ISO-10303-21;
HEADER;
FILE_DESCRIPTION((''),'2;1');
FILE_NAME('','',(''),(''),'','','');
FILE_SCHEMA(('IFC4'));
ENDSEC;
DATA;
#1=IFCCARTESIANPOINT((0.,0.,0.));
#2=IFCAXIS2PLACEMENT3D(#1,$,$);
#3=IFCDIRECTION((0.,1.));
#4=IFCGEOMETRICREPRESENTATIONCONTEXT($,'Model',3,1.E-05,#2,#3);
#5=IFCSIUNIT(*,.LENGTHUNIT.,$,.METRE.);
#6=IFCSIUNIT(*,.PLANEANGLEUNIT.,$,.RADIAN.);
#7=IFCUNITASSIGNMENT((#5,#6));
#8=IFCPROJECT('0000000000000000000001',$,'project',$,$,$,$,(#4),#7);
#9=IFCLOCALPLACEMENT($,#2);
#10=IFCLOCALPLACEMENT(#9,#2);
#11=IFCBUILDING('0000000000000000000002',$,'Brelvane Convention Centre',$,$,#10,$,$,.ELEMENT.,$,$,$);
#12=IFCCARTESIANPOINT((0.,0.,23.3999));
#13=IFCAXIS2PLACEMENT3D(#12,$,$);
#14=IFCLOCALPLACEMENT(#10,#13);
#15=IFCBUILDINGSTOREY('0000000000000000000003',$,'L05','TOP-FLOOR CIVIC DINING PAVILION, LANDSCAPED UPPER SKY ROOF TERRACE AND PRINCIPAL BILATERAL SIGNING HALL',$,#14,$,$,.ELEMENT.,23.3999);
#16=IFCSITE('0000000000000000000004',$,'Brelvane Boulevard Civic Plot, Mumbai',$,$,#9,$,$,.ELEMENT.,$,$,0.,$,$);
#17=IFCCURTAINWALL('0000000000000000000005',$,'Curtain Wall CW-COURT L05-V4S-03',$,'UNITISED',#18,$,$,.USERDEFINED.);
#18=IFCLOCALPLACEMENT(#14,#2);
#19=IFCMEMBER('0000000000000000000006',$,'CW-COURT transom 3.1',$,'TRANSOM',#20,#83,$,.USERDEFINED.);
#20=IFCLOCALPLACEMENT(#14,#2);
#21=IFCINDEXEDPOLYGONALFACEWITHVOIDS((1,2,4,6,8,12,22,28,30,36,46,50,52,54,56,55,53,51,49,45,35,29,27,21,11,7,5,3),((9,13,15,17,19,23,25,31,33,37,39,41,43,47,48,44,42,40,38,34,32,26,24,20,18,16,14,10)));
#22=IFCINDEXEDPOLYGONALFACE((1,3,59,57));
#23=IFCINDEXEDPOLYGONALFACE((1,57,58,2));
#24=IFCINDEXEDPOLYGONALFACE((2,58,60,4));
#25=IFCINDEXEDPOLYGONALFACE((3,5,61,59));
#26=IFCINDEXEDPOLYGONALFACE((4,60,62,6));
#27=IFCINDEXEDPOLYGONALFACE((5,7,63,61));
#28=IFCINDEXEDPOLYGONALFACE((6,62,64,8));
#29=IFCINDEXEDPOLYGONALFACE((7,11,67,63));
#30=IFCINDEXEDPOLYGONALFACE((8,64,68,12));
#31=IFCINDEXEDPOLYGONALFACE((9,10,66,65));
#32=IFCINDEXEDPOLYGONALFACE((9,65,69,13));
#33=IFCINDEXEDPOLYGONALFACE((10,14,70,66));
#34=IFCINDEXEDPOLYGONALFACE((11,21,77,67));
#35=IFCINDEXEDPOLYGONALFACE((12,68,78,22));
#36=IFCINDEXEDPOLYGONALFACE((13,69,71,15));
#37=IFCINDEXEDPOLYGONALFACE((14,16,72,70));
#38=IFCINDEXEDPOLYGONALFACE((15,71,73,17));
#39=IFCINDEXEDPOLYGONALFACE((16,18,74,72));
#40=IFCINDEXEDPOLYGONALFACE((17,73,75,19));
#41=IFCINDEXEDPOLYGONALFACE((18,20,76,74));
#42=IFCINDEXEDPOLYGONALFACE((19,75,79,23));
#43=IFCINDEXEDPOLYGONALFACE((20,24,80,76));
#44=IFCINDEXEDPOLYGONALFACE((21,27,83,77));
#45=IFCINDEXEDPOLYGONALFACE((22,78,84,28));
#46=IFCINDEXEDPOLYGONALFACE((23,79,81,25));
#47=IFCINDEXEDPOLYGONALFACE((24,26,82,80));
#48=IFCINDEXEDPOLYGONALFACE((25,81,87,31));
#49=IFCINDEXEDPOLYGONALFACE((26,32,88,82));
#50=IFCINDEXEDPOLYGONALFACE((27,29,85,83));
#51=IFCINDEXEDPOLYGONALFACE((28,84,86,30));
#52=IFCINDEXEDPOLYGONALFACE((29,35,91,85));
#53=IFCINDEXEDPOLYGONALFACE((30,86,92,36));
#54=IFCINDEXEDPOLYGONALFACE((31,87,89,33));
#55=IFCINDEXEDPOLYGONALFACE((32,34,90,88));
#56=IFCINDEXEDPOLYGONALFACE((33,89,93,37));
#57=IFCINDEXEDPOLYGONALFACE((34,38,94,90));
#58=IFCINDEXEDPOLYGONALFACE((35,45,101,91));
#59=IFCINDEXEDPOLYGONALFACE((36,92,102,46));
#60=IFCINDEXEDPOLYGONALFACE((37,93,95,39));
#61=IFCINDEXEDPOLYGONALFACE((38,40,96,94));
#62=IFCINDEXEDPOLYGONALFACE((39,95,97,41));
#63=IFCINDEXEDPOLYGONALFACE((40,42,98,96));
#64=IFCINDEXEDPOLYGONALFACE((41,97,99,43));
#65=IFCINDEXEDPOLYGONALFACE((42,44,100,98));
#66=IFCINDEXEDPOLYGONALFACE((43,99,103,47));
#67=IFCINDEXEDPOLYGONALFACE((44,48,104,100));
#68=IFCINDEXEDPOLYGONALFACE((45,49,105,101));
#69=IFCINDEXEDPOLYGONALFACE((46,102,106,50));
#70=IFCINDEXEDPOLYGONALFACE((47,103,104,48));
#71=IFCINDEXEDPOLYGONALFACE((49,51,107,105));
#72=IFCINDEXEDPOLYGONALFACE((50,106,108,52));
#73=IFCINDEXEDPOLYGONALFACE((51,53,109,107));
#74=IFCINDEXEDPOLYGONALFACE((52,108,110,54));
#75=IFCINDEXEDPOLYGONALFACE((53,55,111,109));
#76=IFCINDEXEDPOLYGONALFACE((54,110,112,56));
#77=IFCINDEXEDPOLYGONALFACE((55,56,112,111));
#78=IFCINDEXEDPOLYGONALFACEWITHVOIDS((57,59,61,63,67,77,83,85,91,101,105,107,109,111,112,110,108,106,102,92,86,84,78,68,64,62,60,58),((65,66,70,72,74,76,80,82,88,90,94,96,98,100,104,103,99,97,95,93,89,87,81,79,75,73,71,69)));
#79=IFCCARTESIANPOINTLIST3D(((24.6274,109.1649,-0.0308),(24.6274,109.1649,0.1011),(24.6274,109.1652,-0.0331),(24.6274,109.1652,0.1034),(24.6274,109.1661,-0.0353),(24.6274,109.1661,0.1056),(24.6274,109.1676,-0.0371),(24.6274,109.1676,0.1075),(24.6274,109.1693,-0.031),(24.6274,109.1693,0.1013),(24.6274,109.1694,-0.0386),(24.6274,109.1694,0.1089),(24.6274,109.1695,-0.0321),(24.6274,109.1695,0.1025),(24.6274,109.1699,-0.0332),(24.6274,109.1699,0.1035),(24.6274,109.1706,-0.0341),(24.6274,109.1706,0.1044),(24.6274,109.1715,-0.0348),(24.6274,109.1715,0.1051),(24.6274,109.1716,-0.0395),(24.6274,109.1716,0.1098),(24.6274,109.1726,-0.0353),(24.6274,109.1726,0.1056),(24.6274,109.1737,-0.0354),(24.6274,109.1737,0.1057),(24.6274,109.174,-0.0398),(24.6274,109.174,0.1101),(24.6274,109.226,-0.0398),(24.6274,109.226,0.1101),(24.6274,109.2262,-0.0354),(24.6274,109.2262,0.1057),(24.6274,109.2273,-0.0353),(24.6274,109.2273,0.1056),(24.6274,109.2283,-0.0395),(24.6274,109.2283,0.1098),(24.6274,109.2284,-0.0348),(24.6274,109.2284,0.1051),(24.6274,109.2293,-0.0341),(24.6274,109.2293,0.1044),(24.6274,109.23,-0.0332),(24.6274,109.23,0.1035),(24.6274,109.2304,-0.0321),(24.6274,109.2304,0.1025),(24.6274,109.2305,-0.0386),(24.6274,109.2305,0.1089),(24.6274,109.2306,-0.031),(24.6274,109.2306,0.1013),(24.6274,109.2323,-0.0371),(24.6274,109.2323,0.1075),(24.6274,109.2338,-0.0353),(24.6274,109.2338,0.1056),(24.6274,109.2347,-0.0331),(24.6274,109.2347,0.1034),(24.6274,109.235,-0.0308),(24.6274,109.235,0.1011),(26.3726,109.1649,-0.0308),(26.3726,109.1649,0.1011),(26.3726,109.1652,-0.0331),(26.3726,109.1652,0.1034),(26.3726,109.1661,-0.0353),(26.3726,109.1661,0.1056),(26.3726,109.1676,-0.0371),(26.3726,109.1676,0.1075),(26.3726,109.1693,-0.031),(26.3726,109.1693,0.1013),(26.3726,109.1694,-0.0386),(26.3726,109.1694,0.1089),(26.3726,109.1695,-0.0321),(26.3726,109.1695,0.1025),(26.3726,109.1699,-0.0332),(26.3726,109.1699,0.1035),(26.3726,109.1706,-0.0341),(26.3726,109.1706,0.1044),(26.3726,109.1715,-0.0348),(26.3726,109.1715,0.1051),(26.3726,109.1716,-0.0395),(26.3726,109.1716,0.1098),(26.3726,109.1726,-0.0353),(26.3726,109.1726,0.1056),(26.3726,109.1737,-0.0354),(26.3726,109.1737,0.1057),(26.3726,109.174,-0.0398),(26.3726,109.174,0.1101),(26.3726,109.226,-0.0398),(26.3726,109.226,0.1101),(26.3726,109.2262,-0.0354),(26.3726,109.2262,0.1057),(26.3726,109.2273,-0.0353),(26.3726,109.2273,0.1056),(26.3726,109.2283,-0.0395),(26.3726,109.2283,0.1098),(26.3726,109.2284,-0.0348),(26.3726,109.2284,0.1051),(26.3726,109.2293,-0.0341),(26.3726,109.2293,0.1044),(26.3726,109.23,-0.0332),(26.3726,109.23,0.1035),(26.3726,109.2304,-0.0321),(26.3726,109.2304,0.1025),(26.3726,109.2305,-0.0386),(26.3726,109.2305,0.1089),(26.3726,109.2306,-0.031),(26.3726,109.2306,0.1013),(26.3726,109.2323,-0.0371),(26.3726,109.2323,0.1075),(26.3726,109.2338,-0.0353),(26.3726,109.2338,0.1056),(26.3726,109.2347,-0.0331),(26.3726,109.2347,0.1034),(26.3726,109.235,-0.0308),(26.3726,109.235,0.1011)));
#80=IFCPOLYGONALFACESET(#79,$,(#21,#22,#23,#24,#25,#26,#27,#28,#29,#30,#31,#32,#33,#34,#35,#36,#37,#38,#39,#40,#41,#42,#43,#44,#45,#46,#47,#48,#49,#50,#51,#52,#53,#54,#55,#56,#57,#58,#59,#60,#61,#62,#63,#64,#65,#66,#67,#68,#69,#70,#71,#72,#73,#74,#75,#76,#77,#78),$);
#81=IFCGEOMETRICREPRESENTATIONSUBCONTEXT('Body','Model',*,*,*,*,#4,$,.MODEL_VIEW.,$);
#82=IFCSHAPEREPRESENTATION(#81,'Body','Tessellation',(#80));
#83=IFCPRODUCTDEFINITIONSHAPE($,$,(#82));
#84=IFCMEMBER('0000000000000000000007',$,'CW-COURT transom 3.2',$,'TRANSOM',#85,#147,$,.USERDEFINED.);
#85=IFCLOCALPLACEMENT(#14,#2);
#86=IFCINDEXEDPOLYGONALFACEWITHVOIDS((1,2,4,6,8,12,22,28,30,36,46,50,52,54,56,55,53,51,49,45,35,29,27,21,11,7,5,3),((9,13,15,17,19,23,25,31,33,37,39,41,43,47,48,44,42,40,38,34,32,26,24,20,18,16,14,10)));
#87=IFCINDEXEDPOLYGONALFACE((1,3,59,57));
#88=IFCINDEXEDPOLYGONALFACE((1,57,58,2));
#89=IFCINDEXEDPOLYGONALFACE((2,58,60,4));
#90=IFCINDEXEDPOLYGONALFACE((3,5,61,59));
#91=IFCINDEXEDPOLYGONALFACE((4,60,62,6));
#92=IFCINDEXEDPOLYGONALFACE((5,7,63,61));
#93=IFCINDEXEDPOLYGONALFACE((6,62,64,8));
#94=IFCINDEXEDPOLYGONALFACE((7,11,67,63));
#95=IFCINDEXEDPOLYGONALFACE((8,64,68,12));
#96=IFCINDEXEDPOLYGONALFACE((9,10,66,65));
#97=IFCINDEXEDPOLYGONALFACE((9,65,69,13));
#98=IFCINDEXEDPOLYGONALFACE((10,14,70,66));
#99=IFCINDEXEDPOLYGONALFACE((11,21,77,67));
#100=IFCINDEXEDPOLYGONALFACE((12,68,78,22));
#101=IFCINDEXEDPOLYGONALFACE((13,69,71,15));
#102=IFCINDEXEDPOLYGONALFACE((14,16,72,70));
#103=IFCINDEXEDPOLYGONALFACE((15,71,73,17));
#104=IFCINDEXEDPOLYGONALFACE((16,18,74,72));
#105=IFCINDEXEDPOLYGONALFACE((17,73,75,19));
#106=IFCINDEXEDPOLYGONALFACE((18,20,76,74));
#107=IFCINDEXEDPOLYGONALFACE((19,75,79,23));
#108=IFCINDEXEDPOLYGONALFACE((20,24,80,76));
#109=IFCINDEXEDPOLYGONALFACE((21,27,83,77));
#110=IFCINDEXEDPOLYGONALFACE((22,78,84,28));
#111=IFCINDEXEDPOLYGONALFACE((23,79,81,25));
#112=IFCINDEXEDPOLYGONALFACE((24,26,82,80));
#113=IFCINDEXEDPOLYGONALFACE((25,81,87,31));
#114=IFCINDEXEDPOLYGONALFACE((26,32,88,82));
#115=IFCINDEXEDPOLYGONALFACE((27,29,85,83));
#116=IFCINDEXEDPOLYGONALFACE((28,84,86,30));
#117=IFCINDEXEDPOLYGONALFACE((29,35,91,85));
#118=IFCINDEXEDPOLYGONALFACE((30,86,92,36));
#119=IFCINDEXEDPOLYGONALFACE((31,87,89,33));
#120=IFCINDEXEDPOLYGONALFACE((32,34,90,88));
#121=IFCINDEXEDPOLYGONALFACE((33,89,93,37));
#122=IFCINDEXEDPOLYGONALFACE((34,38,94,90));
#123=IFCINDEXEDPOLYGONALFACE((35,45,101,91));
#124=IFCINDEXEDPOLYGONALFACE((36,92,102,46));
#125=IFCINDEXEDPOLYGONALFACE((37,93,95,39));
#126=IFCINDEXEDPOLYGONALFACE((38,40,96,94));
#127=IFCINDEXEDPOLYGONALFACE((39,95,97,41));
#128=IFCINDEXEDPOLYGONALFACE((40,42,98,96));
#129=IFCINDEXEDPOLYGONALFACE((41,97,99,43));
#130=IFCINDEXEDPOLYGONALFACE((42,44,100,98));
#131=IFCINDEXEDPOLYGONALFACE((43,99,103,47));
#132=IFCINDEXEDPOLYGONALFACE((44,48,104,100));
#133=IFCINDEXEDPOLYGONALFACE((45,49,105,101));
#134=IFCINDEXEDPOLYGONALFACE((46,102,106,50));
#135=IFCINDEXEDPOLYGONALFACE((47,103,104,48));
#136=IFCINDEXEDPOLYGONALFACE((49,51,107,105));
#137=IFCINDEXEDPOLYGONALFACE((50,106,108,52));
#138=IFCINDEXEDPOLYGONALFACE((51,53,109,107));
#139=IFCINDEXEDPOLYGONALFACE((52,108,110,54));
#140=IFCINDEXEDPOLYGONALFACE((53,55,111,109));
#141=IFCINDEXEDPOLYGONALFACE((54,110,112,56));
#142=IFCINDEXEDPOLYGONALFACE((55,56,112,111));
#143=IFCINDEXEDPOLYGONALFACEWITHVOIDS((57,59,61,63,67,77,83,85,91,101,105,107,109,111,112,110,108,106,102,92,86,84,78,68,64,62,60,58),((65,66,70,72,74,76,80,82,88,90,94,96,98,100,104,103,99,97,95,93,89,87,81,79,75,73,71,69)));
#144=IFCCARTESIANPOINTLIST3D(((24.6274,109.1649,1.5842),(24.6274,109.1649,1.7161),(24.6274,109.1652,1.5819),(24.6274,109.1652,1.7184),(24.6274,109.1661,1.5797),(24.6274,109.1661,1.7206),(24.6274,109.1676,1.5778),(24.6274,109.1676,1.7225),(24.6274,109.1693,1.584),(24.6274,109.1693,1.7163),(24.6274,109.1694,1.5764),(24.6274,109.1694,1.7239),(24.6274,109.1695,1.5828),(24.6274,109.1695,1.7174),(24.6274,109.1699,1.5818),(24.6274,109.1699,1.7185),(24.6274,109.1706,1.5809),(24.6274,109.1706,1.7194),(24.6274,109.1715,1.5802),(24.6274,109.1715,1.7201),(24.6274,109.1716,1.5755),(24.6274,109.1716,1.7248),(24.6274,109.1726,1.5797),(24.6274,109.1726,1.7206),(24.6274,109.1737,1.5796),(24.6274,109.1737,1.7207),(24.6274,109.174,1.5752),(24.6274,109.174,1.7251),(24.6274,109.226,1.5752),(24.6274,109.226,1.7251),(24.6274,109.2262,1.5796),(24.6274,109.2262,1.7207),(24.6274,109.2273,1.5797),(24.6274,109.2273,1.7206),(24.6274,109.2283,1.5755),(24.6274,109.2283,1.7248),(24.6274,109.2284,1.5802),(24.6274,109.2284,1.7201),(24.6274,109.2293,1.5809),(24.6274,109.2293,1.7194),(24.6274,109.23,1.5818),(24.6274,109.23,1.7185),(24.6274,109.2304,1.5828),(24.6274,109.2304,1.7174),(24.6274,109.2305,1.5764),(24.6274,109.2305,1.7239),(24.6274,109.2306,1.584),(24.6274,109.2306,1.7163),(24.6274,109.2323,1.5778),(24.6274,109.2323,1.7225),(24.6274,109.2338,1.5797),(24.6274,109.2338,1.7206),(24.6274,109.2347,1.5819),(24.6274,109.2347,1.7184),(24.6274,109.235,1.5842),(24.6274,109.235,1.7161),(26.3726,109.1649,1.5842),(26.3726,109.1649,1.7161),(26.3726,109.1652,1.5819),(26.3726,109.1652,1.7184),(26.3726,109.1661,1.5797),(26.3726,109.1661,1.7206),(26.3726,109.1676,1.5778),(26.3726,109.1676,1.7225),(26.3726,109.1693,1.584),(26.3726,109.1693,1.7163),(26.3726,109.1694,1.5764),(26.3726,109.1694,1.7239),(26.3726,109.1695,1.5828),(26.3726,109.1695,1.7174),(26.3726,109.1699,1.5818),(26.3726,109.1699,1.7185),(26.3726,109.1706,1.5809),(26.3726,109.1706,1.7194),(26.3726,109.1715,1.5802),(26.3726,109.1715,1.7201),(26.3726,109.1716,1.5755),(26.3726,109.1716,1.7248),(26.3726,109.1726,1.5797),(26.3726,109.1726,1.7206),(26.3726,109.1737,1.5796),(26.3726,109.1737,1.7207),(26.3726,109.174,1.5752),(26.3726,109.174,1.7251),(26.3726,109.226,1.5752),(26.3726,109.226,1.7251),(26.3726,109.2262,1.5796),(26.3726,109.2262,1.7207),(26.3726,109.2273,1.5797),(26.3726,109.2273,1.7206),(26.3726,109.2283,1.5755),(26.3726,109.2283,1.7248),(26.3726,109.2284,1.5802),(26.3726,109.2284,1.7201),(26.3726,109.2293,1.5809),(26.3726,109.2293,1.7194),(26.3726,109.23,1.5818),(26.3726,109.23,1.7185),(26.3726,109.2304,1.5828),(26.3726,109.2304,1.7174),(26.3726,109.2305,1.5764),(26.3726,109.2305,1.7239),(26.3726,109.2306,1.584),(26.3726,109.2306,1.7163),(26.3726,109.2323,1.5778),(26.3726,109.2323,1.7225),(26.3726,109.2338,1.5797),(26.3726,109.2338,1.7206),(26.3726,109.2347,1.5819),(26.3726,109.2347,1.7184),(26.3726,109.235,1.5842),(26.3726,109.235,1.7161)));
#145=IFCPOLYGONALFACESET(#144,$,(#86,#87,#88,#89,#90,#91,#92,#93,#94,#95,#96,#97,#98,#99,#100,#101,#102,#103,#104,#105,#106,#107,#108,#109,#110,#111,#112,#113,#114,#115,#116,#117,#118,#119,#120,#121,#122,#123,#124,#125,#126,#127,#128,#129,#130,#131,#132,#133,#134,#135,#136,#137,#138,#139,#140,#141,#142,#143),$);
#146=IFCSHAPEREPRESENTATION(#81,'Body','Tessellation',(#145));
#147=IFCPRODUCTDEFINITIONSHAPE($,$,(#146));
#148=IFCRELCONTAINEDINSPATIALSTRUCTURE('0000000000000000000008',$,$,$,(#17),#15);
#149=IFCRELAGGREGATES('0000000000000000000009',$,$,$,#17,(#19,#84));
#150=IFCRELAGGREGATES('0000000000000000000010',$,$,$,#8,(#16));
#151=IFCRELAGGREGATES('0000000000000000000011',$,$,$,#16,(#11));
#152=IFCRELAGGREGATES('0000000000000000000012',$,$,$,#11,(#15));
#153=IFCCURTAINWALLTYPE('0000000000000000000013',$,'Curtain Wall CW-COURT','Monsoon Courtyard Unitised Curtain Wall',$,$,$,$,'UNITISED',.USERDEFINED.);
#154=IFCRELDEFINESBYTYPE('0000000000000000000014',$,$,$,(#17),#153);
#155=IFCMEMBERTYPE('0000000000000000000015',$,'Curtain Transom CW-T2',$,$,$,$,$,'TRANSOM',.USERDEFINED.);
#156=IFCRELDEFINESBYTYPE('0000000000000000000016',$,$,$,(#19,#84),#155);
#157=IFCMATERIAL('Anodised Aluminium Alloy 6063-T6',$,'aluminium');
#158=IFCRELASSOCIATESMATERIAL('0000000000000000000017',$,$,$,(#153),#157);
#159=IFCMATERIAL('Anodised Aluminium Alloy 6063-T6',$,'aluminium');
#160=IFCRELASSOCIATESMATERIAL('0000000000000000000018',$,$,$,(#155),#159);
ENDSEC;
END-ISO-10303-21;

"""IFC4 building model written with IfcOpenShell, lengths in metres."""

from ifc_helpers import new_model, si_unit, direction, frame, origin, origin_2d, place, context, subcontext, project, spatial, hollow_rectangle, extrude, material, material_profile, profile_set, type_object, element, aggregate, save


model = new_model("IFC4")

# Units and contexts
model_context = context("Model", 3, precision=1e-05, world=origin(), true_north=direction((0.0, 1.0)))
body_context = subcontext(model_context, "Body", "Model", "MODEL_VIEW")
ifc_project = project(units=[si_unit("LENGTHUNIT", "METRE"), si_unit("PLANEANGLEUNIT", "RADIAN")], contexts=[model_context])

# Site, building, storey
site_placement = place(None, origin())
site = spatial("IfcSite", under=ifc_project, at=site_placement, Name="Brelvane Boulevard Civic Plot, Mumbai", CompositionType="ELEMENT", RefElevation=0.0)
building_placement = place(site_placement, origin())
building = spatial("IfcBuilding", under=site, at=building_placement, Name="Brelvane Convention Centre", CompositionType="ELEMENT")
storey_placement = place(building_placement, frame((0.0, 0.0, 23.3999)))
storey = spatial("IfcBuildingStorey", under=building, at=storey_placement, Name="L05", Description="TOP-FLOOR CIVIC DINING PAVILION, LANDSCAPED UPPER SKY ROOF TERRACE AND PRINCIPAL BILATERAL SIGNING HALL", CompositionType="ELEMENT", Elevation=23.3999)

# Curtain wall, members
ifc_material_1 = material(Name="Anodised Aluminium Alloy 6063-T6", Category="aluminium")
curtain_wall_type = type_object("IfcCurtainWallType", Name="Curtain Wall CW-COURT", Description="Monsoon Courtyard Unitised Curtain Wall", ElementType="UNITISED", PredefinedType="USERDEFINED", material=ifc_material_1)
curtain_wall_placement = place(storey_placement, origin())
curtain_wall = element("IfcCurtainWall", 1, at=curtain_wall_placement, inside=storey, type_object=curtain_wall_type, Name="Curtain Wall CW-COURT L05-V4S-03", ObjectType="UNITISED", PredefinedType="USERDEFINED")
ifc_material_2 = material(Name="Anodised Aluminium Alloy 6063-T6", Category="aluminium")
ifc_material_profile_1 = material_profile(ifc_material_2, hollow_rectangle(XDim=0.0701, YDim=0.1499, WallThickness=0.0044, InnerFilletRadius=0.0044, OuterFilletRadius=0.009, at=origin_2d()), Name="ALU-T 150x70x4.5")
ifc_profile_set_1 = profile_set([ifc_material_profile_1], Name="Anodised Aluminium Alloy 6063-T6")
member_type = type_object("IfcMemberType", Name="Curtain Transom CW-T2", ElementType="TRANSOM", PredefinedType="USERDEFINED", material=ifc_profile_set_1)
member_1_placement = place(storey_placement, frame((24.6274, 109.2, 0.0352), z_axis=(1.0, 0.0, 0.0), x_axis=(0.0, 1.0, 0.0)))
member_1 = element("IfcMember", 2, at=member_1_placement, type_object=member_type, Name="CW-COURT transom 3.1", ObjectType="TRANSOM", PredefinedType="USERDEFINED", context=body_context, shape_type="SweptSolid", body=[
    extrude(hollow_rectangle(XDim=0.0701, YDim=0.1499, WallThickness=0.0044, InnerFilletRadius=0.0044, OuterFilletRadius=0.009, at=origin_2d()), origin(), (0.0, 0.0, 1.0), 1.7451),
])
member_2_placement = place(storey_placement, frame((24.6274, 109.2, 1.6501), z_axis=(1.0, 0.0, 0.0), x_axis=(0.0, 1.0, 0.0)))
member_2 = element("IfcMember", 3, at=member_2_placement, type_object=member_type, Name="CW-COURT transom 3.2", ObjectType="TRANSOM", PredefinedType="USERDEFINED", context=body_context, shape_type="SweptSolid", body=[
    extrude(hollow_rectangle(XDim=0.0701, YDim=0.1499, WallThickness=0.0044, InnerFilletRadius=0.0044, OuterFilletRadius=0.009, at=origin_2d()), origin(), (0.0, 0.0, 1.0), 1.7451),
])

aggregate(curtain_wall, [member_1, member_2])

save(model, "model.ifc")
